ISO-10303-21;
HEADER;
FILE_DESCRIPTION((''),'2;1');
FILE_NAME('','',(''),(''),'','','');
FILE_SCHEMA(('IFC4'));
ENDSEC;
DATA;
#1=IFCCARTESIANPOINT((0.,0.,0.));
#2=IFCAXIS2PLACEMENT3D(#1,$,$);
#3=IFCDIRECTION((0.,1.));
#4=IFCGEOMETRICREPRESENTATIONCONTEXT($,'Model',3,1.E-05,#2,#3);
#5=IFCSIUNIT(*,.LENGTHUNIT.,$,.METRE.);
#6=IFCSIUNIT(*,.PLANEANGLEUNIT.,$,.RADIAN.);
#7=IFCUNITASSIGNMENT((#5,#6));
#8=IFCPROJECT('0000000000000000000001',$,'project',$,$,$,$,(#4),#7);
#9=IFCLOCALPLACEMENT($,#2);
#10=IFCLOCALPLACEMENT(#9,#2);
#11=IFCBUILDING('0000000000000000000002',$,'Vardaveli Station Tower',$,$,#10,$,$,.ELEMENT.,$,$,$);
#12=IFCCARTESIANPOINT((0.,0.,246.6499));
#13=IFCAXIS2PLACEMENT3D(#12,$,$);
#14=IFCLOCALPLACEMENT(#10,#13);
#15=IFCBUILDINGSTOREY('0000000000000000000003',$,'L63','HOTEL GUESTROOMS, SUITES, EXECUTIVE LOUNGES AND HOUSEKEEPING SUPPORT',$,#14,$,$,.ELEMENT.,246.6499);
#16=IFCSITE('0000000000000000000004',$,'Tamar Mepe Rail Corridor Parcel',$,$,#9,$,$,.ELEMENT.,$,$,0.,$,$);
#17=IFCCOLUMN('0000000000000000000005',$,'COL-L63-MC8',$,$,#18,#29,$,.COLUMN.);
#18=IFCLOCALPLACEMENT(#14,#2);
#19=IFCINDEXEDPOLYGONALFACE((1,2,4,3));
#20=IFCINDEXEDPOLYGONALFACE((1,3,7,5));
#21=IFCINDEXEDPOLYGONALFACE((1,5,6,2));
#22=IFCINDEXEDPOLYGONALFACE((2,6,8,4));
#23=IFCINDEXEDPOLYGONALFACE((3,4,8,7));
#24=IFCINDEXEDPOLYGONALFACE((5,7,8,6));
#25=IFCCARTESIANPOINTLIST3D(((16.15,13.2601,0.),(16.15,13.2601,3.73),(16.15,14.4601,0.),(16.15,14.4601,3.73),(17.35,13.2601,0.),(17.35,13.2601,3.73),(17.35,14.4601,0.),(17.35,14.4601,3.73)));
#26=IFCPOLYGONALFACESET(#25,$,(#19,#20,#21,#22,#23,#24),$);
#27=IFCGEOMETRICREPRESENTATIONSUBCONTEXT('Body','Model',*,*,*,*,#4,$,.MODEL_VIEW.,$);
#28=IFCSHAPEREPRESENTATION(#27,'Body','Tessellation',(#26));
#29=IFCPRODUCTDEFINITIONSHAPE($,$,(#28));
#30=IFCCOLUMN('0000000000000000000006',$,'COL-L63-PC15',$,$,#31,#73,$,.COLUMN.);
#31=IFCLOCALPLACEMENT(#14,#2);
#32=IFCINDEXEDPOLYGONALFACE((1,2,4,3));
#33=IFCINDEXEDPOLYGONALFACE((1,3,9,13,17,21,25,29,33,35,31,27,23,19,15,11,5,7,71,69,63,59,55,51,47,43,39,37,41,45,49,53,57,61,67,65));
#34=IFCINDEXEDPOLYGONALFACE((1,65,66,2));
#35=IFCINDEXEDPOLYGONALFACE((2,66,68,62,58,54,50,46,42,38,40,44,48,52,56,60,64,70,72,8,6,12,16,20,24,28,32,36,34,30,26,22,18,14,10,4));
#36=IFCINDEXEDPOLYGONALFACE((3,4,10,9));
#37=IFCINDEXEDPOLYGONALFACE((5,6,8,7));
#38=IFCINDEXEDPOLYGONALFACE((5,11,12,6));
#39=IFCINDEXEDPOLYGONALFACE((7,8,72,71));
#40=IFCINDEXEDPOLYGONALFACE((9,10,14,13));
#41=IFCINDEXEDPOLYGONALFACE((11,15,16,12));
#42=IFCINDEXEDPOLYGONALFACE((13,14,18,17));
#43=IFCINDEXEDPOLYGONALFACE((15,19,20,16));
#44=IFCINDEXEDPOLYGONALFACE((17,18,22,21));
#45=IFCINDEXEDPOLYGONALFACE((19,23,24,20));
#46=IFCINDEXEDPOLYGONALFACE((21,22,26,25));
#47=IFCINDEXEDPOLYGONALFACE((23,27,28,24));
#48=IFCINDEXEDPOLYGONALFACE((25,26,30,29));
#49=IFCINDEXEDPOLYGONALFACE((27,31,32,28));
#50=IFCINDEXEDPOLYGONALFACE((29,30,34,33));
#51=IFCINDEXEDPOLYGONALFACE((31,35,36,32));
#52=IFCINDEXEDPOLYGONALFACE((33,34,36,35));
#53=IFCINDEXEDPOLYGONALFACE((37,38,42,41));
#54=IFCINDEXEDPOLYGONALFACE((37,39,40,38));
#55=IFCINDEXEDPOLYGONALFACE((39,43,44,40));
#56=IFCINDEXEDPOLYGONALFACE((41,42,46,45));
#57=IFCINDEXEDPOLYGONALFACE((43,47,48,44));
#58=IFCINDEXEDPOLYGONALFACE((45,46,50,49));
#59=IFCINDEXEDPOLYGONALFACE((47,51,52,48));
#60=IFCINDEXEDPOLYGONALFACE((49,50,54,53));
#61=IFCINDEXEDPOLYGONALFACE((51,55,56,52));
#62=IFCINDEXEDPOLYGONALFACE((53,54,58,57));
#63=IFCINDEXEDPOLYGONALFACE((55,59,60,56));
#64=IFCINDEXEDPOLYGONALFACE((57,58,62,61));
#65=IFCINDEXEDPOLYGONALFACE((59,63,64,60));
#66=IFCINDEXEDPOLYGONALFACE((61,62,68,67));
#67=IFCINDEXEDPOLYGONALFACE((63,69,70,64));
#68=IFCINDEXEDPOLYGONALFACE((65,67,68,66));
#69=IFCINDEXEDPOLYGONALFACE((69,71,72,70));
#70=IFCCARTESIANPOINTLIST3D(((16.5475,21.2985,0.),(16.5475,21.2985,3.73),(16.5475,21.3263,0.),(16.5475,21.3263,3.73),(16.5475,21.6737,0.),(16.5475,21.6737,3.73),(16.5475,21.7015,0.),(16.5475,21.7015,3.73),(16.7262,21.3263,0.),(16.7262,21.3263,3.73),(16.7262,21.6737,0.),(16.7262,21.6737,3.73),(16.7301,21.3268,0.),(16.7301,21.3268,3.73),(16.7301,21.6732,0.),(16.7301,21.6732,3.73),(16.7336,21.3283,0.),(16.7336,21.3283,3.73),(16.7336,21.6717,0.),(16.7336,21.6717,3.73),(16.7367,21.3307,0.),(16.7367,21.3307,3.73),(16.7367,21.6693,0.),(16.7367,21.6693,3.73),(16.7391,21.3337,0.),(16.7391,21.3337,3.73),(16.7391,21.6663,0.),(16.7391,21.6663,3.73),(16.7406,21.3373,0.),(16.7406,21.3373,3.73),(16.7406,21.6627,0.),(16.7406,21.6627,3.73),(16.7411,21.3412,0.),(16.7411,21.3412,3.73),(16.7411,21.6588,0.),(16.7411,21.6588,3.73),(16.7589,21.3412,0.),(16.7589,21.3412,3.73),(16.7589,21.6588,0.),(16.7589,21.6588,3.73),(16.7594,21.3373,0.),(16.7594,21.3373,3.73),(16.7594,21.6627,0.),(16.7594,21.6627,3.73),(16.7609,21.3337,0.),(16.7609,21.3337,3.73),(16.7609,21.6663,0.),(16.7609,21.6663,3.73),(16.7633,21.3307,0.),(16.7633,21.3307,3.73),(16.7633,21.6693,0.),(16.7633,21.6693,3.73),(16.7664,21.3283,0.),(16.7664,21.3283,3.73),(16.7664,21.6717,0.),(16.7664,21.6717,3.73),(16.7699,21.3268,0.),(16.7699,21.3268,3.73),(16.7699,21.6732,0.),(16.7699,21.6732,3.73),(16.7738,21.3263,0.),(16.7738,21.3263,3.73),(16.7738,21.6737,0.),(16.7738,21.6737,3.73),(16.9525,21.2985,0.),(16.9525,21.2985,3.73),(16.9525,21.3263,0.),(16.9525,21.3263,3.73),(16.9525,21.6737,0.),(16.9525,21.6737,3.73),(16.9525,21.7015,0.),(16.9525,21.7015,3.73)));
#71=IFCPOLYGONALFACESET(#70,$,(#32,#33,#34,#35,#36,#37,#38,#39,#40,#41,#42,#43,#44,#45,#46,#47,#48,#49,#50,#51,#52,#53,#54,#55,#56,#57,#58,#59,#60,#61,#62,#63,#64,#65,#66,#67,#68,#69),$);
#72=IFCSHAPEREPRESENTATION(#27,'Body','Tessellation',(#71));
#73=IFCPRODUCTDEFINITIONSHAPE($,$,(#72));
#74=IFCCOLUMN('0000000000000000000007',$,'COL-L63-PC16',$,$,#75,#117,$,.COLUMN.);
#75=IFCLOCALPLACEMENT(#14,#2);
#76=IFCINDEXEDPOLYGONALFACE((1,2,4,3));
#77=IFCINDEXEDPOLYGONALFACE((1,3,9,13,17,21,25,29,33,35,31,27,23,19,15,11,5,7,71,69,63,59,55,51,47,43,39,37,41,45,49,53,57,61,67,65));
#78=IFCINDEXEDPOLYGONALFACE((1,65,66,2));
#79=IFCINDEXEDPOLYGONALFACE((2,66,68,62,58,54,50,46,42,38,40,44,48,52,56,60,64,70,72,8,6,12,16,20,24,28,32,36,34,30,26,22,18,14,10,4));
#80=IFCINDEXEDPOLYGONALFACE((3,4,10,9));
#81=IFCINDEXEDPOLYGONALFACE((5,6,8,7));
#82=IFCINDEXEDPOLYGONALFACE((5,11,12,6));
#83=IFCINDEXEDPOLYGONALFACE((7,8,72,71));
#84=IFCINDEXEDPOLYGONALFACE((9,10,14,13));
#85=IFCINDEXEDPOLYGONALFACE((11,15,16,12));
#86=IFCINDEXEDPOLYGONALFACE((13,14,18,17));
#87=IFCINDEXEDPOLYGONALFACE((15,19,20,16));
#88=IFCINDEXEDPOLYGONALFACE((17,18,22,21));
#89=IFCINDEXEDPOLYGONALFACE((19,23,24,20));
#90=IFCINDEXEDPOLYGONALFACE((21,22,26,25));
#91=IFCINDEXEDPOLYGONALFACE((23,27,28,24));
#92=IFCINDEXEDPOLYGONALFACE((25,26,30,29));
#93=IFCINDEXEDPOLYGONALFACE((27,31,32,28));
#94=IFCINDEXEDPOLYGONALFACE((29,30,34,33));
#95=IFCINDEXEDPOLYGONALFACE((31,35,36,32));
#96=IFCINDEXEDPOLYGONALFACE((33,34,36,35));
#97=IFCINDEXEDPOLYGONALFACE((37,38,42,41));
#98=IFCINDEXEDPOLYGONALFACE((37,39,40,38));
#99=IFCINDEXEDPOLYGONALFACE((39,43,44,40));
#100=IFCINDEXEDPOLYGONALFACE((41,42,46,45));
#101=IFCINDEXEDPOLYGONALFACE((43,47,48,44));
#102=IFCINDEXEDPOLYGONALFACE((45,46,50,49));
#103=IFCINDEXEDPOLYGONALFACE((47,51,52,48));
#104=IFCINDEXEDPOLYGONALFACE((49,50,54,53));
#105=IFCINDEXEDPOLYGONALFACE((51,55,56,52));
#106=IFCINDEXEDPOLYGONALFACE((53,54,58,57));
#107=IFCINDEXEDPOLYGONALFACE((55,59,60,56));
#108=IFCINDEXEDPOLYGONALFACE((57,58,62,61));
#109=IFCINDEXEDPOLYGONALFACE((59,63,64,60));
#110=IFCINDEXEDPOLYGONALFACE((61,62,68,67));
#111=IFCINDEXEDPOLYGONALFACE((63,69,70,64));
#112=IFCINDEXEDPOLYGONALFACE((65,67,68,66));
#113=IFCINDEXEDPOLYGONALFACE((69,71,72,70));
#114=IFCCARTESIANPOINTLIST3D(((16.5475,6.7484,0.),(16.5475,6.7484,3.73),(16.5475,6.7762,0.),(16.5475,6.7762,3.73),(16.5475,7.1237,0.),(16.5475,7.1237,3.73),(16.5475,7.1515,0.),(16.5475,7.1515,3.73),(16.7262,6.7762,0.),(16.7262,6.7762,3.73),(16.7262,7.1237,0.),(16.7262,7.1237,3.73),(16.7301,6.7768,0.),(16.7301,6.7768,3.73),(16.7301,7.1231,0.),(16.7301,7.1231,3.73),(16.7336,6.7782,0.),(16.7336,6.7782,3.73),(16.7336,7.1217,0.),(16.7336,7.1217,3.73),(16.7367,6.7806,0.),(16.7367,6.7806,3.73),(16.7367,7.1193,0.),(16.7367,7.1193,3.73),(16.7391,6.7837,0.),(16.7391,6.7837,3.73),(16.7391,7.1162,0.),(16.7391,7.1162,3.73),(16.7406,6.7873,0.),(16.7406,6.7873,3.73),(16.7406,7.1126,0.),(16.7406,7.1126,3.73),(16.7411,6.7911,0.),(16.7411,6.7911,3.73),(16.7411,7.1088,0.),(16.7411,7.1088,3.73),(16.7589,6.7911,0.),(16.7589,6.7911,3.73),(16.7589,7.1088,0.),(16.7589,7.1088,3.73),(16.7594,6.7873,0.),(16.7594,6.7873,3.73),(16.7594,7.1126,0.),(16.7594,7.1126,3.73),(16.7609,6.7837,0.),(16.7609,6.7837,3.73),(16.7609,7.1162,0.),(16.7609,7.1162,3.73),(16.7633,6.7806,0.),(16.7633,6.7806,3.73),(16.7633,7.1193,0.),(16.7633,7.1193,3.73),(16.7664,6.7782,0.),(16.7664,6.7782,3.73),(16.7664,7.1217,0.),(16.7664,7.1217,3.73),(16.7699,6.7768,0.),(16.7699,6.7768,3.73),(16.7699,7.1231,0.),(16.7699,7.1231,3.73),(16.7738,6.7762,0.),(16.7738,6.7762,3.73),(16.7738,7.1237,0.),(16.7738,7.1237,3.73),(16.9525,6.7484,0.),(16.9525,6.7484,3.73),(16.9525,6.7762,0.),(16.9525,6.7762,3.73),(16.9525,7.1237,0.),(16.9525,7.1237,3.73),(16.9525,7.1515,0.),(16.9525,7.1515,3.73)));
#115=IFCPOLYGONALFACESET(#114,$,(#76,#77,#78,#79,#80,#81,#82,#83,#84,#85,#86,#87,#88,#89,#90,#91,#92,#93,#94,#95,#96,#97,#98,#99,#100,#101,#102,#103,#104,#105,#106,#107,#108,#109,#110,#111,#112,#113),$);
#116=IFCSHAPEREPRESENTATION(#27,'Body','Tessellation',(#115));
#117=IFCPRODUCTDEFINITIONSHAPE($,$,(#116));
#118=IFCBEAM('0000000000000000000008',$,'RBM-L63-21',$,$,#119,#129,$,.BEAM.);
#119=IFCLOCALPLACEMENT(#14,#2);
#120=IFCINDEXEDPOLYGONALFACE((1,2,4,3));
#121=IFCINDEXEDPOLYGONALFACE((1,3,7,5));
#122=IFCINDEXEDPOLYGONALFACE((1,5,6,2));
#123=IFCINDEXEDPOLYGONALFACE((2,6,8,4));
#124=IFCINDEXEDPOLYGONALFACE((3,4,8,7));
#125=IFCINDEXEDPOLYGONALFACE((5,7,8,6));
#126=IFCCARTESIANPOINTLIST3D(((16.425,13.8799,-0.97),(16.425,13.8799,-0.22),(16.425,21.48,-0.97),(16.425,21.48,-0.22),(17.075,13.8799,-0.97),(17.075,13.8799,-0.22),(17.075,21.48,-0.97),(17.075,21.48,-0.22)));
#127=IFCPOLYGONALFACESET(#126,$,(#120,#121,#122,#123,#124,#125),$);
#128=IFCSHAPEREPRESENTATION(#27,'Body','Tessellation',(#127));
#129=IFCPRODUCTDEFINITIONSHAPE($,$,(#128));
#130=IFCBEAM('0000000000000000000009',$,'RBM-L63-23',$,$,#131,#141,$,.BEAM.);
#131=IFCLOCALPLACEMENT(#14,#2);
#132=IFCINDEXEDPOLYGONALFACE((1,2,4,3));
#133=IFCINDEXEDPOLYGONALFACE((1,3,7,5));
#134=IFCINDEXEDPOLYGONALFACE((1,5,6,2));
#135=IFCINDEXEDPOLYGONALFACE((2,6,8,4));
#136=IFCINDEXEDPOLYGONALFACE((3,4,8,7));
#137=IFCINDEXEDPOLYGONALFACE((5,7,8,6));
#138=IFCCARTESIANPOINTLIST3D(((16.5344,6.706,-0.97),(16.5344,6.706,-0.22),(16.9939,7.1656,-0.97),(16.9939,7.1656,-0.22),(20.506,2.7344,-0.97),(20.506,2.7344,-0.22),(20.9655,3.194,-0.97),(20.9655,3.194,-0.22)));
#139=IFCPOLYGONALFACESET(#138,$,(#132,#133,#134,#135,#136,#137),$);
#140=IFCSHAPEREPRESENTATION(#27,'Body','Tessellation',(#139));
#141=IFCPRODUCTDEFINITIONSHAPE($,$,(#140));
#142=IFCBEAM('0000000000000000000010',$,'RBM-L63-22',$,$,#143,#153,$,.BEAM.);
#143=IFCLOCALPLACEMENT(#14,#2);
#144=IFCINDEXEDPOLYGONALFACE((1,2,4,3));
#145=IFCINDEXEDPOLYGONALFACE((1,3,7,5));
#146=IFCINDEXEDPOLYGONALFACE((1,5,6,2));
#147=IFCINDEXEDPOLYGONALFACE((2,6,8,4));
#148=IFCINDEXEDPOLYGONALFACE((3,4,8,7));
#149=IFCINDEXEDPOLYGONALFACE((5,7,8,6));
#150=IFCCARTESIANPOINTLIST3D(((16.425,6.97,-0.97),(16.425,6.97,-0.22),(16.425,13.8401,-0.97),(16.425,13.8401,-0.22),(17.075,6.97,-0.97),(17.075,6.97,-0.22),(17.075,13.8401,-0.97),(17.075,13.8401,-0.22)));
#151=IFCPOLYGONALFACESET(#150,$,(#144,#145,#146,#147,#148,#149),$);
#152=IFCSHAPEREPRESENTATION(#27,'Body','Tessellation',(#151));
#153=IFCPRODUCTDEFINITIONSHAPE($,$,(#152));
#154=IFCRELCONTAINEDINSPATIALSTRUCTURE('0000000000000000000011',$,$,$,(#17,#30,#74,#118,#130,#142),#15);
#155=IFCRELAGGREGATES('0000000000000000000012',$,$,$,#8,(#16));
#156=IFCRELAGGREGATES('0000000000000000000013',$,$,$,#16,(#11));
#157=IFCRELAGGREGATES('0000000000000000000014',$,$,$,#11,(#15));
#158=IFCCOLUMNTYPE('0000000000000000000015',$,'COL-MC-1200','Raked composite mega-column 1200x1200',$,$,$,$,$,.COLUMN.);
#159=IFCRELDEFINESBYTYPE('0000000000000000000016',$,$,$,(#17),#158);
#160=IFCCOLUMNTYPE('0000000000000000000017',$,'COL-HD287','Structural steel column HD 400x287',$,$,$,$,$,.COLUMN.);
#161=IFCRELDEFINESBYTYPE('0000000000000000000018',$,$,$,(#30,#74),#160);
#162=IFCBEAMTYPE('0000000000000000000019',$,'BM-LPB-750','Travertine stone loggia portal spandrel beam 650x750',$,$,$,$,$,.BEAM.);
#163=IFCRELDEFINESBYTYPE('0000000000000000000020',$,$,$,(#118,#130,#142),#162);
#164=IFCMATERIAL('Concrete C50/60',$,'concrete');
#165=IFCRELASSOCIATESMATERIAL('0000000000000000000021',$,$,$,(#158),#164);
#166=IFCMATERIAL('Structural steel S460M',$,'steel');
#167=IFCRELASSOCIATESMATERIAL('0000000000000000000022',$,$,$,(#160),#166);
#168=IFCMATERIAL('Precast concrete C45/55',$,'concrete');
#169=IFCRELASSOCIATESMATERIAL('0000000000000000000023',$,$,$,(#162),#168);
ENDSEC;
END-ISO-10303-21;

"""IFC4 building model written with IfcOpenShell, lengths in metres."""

from ifc_helpers import new_model, si_unit, direction, frame, origin, origin_2d, place, context, subcontext, project, spatial, rectangle, i_section, extrude, source, transform, mapped, material, material_profile, profile_set, type_object, element, save


model = new_model("IFC4")

# Units and contexts
model_context = context("Model", 3, precision=1e-05, world=origin(), true_north=direction((0.0, 1.0)))
body_context = subcontext(model_context, "Body", "Model", "MODEL_VIEW")
ifc_project = project(units=[si_unit("LENGTHUNIT", "METRE"), si_unit("PLANEANGLEUNIT", "RADIAN")], contexts=[model_context])

# Site, building, storey
site_placement = place(None, origin())
site = spatial("IfcSite", under=ifc_project, at=site_placement, Name="Tamar Mepe Rail Corridor Parcel", CompositionType="ELEMENT", RefElevation=0.0)
building_placement = place(site_placement, origin())
building = spatial("IfcBuilding", under=site, at=building_placement, Name="Vardaveli Station Tower", CompositionType="ELEMENT")
storey_placement = place(building_placement, frame((0.0, 0.0, 246.6499)))
storey = spatial("IfcBuildingStorey", under=building, at=storey_placement, Name="L63", Description="HOTEL GUESTROOMS, SUITES, EXECUTIVE LOUNGES AND HOUSEKEEPING SUPPORT", CompositionType="ELEMENT", Elevation=246.6499)

# Columns
ifc_material_1 = material(Name="Concrete C50/60", Category="concrete")
ifc_material_profile_1 = material_profile(ifc_material_1, rectangle(XDim=1.2, YDim=1.2, at=origin_2d()), Name="MC 1200x1200")
ifc_profile_set_1 = profile_set([ifc_material_profile_1], Name="Concrete C50/60")
column_type_1 = type_object("IfcColumnType", Name="COL-MC-1200", Description="Raked composite mega-column 1200x1200", PredefinedType="COLUMN", material=ifc_profile_set_1)
shared_shape_1 = source(origin(), body_context, "Body", "SweptSolid", [
    extrude(rectangle(XDim=1.2, YDim=1.2, at=origin_2d()), origin(), (0.0, 0.0, 1.0), 3.73),
])
column_placement = place(storey_placement, frame((16.75, 13.8601, 0.0), z_axis=(0.0, 0.0, 1.0), x_axis=(1.0, 0.0, 0.0)))
element("IfcColumn", 1, at=column_placement, inside=storey, type_object=column_type_1, Name="COL-L63-MC8", PredefinedType="COLUMN", context=body_context, shape_type="MappedRepresentation", body=[
    mapped(shared_shape_1, transform((0.0, 0.0, 0.0), scale=1.0)),
])
ifc_material_2 = material(Name="Structural steel S460M", Category="steel")
ifc_material_profile_2 = material_profile(ifc_material_2, i_section(OverallWidth=0.405, OverallDepth=0.4031, WebThickness=0.0178, FlangeThickness=0.0278, FilletRadius=0.0149, at=origin_2d()), Name="HD 400x287")
ifc_profile_set_2 = profile_set([ifc_material_profile_2], Name="Structural steel S460M")
column_type_2 = type_object("IfcColumnType", Name="COL-HD287", Description="Structural steel column HD 400x287", PredefinedType="COLUMN", material=ifc_profile_set_2)
shared_shape_2 = source(origin(), body_context, "Body", "SweptSolid", [
    extrude(i_section(OverallWidth=0.405, OverallDepth=0.4031, WebThickness=0.0178, FlangeThickness=0.0278, FilletRadius=0.0149, at=origin_2d()), origin(), (0.0, 0.0, 1.0), 3.73),
])
for number, where, z_axis, x_axis, name in (
    (2, (16.75, 21.5, 0.0), (0.0, 0.0, 1.0), (1.0, 0.0, 0.0), "COL-L63-PC15"),
    (3, (16.75, 6.95, 0.0), (0.0, 0.0, 1.0), (1.0, 0.0, 0.0), "COL-L63-PC16"),
):
    element("IfcColumn", number, at=place(storey_placement, frame(where, z_axis=z_axis, x_axis=x_axis)), inside=storey, type_object=column_type_2, Name=name, PredefinedType="COLUMN", context=body_context, shape_type="MappedRepresentation", body=[
        mapped(shared_shape_2, transform((0.0, 0.0, 0.0), scale=1.0)),
    ])

# Beams
ifc_material_3 = material(Name="Precast concrete C45/55", Category="concrete")
ifc_material_profile_3 = material_profile(ifc_material_3, rectangle(XDim=0.6499, YDim=0.75, at=origin_2d()), Name="LPB 650x750")
ifc_profile_set_3 = profile_set([ifc_material_profile_3], Name="Precast concrete C45/55")
beam_type_1 = type_object("IfcBeamType", Name="BM-LPB-750", Description="Travertine stone loggia portal spandrel beam 650x750", PredefinedType="BEAM", material=ifc_profile_set_3)
shared_shape_3 = source(origin(), body_context, "Body", "SweptSolid", [
    extrude(rectangle(XDim=0.6499, YDim=0.75, at=origin_2d()), origin(), (0.0, 0.0, 1.0), 7.6001),
])
beam_1_placement = place(storey_placement, frame((16.75, 21.48, -0.595), z_axis=(0.0, -1.0, 0.0), x_axis=(1.0, 0.0, 0.0)))
element("IfcBeam", 4, at=beam_1_placement, inside=storey, type_object=beam_type_1, Name="RBM-L63-21", PredefinedType="BEAM", context=body_context, shape_type="MappedRepresentation", body=[
    mapped(shared_shape_3, transform((0.0, 0.0, 0.0), scale=1.0)),
])
shared_shape_4 = source(origin(), body_context, "Body", "SweptSolid", [
    extrude(rectangle(XDim=0.6499, YDim=0.75, at=origin_2d()), origin(), (0.0, 0.0, 1.0), 5.6167),
])
beam_2_placement = place(storey_placement, frame((16.7642, 6.9358, -0.595), z_axis=(0.707107, -0.707107, 0.0), x_axis=(0.707107, 0.707107, 0.0)))
element("IfcBeam", 5, at=beam_2_placement, inside=storey, type_object=beam_type_1, Name="RBM-L63-23", PredefinedType="BEAM", context=body_context, shape_type="MappedRepresentation", body=[
    mapped(shared_shape_4, transform((0.0, 0.0, 0.0), scale=1.0)),
])
shared_shape_5 = source(origin(), body_context, "Body", "SweptSolid", [
    extrude(rectangle(XDim=0.6499, YDim=0.75, at=origin_2d()), origin(), (0.0, 0.0, 1.0), 6.8701),
])
beam_3_placement = place(storey_placement, frame((16.75, 13.8401, -0.595), z_axis=(0.0, -1.0, 0.0), x_axis=(1.0, 0.0, 0.0)))
element("IfcBeam", 6, at=beam_3_placement, inside=storey, type_object=beam_type_1, Name="RBM-L63-22", PredefinedType="BEAM", context=body_context, shape_type="MappedRepresentation", body=[
    mapped(shared_shape_5, transform((0.0, 0.0, 0.0), scale=1.0)),
])

save(model, "model.ifc")
